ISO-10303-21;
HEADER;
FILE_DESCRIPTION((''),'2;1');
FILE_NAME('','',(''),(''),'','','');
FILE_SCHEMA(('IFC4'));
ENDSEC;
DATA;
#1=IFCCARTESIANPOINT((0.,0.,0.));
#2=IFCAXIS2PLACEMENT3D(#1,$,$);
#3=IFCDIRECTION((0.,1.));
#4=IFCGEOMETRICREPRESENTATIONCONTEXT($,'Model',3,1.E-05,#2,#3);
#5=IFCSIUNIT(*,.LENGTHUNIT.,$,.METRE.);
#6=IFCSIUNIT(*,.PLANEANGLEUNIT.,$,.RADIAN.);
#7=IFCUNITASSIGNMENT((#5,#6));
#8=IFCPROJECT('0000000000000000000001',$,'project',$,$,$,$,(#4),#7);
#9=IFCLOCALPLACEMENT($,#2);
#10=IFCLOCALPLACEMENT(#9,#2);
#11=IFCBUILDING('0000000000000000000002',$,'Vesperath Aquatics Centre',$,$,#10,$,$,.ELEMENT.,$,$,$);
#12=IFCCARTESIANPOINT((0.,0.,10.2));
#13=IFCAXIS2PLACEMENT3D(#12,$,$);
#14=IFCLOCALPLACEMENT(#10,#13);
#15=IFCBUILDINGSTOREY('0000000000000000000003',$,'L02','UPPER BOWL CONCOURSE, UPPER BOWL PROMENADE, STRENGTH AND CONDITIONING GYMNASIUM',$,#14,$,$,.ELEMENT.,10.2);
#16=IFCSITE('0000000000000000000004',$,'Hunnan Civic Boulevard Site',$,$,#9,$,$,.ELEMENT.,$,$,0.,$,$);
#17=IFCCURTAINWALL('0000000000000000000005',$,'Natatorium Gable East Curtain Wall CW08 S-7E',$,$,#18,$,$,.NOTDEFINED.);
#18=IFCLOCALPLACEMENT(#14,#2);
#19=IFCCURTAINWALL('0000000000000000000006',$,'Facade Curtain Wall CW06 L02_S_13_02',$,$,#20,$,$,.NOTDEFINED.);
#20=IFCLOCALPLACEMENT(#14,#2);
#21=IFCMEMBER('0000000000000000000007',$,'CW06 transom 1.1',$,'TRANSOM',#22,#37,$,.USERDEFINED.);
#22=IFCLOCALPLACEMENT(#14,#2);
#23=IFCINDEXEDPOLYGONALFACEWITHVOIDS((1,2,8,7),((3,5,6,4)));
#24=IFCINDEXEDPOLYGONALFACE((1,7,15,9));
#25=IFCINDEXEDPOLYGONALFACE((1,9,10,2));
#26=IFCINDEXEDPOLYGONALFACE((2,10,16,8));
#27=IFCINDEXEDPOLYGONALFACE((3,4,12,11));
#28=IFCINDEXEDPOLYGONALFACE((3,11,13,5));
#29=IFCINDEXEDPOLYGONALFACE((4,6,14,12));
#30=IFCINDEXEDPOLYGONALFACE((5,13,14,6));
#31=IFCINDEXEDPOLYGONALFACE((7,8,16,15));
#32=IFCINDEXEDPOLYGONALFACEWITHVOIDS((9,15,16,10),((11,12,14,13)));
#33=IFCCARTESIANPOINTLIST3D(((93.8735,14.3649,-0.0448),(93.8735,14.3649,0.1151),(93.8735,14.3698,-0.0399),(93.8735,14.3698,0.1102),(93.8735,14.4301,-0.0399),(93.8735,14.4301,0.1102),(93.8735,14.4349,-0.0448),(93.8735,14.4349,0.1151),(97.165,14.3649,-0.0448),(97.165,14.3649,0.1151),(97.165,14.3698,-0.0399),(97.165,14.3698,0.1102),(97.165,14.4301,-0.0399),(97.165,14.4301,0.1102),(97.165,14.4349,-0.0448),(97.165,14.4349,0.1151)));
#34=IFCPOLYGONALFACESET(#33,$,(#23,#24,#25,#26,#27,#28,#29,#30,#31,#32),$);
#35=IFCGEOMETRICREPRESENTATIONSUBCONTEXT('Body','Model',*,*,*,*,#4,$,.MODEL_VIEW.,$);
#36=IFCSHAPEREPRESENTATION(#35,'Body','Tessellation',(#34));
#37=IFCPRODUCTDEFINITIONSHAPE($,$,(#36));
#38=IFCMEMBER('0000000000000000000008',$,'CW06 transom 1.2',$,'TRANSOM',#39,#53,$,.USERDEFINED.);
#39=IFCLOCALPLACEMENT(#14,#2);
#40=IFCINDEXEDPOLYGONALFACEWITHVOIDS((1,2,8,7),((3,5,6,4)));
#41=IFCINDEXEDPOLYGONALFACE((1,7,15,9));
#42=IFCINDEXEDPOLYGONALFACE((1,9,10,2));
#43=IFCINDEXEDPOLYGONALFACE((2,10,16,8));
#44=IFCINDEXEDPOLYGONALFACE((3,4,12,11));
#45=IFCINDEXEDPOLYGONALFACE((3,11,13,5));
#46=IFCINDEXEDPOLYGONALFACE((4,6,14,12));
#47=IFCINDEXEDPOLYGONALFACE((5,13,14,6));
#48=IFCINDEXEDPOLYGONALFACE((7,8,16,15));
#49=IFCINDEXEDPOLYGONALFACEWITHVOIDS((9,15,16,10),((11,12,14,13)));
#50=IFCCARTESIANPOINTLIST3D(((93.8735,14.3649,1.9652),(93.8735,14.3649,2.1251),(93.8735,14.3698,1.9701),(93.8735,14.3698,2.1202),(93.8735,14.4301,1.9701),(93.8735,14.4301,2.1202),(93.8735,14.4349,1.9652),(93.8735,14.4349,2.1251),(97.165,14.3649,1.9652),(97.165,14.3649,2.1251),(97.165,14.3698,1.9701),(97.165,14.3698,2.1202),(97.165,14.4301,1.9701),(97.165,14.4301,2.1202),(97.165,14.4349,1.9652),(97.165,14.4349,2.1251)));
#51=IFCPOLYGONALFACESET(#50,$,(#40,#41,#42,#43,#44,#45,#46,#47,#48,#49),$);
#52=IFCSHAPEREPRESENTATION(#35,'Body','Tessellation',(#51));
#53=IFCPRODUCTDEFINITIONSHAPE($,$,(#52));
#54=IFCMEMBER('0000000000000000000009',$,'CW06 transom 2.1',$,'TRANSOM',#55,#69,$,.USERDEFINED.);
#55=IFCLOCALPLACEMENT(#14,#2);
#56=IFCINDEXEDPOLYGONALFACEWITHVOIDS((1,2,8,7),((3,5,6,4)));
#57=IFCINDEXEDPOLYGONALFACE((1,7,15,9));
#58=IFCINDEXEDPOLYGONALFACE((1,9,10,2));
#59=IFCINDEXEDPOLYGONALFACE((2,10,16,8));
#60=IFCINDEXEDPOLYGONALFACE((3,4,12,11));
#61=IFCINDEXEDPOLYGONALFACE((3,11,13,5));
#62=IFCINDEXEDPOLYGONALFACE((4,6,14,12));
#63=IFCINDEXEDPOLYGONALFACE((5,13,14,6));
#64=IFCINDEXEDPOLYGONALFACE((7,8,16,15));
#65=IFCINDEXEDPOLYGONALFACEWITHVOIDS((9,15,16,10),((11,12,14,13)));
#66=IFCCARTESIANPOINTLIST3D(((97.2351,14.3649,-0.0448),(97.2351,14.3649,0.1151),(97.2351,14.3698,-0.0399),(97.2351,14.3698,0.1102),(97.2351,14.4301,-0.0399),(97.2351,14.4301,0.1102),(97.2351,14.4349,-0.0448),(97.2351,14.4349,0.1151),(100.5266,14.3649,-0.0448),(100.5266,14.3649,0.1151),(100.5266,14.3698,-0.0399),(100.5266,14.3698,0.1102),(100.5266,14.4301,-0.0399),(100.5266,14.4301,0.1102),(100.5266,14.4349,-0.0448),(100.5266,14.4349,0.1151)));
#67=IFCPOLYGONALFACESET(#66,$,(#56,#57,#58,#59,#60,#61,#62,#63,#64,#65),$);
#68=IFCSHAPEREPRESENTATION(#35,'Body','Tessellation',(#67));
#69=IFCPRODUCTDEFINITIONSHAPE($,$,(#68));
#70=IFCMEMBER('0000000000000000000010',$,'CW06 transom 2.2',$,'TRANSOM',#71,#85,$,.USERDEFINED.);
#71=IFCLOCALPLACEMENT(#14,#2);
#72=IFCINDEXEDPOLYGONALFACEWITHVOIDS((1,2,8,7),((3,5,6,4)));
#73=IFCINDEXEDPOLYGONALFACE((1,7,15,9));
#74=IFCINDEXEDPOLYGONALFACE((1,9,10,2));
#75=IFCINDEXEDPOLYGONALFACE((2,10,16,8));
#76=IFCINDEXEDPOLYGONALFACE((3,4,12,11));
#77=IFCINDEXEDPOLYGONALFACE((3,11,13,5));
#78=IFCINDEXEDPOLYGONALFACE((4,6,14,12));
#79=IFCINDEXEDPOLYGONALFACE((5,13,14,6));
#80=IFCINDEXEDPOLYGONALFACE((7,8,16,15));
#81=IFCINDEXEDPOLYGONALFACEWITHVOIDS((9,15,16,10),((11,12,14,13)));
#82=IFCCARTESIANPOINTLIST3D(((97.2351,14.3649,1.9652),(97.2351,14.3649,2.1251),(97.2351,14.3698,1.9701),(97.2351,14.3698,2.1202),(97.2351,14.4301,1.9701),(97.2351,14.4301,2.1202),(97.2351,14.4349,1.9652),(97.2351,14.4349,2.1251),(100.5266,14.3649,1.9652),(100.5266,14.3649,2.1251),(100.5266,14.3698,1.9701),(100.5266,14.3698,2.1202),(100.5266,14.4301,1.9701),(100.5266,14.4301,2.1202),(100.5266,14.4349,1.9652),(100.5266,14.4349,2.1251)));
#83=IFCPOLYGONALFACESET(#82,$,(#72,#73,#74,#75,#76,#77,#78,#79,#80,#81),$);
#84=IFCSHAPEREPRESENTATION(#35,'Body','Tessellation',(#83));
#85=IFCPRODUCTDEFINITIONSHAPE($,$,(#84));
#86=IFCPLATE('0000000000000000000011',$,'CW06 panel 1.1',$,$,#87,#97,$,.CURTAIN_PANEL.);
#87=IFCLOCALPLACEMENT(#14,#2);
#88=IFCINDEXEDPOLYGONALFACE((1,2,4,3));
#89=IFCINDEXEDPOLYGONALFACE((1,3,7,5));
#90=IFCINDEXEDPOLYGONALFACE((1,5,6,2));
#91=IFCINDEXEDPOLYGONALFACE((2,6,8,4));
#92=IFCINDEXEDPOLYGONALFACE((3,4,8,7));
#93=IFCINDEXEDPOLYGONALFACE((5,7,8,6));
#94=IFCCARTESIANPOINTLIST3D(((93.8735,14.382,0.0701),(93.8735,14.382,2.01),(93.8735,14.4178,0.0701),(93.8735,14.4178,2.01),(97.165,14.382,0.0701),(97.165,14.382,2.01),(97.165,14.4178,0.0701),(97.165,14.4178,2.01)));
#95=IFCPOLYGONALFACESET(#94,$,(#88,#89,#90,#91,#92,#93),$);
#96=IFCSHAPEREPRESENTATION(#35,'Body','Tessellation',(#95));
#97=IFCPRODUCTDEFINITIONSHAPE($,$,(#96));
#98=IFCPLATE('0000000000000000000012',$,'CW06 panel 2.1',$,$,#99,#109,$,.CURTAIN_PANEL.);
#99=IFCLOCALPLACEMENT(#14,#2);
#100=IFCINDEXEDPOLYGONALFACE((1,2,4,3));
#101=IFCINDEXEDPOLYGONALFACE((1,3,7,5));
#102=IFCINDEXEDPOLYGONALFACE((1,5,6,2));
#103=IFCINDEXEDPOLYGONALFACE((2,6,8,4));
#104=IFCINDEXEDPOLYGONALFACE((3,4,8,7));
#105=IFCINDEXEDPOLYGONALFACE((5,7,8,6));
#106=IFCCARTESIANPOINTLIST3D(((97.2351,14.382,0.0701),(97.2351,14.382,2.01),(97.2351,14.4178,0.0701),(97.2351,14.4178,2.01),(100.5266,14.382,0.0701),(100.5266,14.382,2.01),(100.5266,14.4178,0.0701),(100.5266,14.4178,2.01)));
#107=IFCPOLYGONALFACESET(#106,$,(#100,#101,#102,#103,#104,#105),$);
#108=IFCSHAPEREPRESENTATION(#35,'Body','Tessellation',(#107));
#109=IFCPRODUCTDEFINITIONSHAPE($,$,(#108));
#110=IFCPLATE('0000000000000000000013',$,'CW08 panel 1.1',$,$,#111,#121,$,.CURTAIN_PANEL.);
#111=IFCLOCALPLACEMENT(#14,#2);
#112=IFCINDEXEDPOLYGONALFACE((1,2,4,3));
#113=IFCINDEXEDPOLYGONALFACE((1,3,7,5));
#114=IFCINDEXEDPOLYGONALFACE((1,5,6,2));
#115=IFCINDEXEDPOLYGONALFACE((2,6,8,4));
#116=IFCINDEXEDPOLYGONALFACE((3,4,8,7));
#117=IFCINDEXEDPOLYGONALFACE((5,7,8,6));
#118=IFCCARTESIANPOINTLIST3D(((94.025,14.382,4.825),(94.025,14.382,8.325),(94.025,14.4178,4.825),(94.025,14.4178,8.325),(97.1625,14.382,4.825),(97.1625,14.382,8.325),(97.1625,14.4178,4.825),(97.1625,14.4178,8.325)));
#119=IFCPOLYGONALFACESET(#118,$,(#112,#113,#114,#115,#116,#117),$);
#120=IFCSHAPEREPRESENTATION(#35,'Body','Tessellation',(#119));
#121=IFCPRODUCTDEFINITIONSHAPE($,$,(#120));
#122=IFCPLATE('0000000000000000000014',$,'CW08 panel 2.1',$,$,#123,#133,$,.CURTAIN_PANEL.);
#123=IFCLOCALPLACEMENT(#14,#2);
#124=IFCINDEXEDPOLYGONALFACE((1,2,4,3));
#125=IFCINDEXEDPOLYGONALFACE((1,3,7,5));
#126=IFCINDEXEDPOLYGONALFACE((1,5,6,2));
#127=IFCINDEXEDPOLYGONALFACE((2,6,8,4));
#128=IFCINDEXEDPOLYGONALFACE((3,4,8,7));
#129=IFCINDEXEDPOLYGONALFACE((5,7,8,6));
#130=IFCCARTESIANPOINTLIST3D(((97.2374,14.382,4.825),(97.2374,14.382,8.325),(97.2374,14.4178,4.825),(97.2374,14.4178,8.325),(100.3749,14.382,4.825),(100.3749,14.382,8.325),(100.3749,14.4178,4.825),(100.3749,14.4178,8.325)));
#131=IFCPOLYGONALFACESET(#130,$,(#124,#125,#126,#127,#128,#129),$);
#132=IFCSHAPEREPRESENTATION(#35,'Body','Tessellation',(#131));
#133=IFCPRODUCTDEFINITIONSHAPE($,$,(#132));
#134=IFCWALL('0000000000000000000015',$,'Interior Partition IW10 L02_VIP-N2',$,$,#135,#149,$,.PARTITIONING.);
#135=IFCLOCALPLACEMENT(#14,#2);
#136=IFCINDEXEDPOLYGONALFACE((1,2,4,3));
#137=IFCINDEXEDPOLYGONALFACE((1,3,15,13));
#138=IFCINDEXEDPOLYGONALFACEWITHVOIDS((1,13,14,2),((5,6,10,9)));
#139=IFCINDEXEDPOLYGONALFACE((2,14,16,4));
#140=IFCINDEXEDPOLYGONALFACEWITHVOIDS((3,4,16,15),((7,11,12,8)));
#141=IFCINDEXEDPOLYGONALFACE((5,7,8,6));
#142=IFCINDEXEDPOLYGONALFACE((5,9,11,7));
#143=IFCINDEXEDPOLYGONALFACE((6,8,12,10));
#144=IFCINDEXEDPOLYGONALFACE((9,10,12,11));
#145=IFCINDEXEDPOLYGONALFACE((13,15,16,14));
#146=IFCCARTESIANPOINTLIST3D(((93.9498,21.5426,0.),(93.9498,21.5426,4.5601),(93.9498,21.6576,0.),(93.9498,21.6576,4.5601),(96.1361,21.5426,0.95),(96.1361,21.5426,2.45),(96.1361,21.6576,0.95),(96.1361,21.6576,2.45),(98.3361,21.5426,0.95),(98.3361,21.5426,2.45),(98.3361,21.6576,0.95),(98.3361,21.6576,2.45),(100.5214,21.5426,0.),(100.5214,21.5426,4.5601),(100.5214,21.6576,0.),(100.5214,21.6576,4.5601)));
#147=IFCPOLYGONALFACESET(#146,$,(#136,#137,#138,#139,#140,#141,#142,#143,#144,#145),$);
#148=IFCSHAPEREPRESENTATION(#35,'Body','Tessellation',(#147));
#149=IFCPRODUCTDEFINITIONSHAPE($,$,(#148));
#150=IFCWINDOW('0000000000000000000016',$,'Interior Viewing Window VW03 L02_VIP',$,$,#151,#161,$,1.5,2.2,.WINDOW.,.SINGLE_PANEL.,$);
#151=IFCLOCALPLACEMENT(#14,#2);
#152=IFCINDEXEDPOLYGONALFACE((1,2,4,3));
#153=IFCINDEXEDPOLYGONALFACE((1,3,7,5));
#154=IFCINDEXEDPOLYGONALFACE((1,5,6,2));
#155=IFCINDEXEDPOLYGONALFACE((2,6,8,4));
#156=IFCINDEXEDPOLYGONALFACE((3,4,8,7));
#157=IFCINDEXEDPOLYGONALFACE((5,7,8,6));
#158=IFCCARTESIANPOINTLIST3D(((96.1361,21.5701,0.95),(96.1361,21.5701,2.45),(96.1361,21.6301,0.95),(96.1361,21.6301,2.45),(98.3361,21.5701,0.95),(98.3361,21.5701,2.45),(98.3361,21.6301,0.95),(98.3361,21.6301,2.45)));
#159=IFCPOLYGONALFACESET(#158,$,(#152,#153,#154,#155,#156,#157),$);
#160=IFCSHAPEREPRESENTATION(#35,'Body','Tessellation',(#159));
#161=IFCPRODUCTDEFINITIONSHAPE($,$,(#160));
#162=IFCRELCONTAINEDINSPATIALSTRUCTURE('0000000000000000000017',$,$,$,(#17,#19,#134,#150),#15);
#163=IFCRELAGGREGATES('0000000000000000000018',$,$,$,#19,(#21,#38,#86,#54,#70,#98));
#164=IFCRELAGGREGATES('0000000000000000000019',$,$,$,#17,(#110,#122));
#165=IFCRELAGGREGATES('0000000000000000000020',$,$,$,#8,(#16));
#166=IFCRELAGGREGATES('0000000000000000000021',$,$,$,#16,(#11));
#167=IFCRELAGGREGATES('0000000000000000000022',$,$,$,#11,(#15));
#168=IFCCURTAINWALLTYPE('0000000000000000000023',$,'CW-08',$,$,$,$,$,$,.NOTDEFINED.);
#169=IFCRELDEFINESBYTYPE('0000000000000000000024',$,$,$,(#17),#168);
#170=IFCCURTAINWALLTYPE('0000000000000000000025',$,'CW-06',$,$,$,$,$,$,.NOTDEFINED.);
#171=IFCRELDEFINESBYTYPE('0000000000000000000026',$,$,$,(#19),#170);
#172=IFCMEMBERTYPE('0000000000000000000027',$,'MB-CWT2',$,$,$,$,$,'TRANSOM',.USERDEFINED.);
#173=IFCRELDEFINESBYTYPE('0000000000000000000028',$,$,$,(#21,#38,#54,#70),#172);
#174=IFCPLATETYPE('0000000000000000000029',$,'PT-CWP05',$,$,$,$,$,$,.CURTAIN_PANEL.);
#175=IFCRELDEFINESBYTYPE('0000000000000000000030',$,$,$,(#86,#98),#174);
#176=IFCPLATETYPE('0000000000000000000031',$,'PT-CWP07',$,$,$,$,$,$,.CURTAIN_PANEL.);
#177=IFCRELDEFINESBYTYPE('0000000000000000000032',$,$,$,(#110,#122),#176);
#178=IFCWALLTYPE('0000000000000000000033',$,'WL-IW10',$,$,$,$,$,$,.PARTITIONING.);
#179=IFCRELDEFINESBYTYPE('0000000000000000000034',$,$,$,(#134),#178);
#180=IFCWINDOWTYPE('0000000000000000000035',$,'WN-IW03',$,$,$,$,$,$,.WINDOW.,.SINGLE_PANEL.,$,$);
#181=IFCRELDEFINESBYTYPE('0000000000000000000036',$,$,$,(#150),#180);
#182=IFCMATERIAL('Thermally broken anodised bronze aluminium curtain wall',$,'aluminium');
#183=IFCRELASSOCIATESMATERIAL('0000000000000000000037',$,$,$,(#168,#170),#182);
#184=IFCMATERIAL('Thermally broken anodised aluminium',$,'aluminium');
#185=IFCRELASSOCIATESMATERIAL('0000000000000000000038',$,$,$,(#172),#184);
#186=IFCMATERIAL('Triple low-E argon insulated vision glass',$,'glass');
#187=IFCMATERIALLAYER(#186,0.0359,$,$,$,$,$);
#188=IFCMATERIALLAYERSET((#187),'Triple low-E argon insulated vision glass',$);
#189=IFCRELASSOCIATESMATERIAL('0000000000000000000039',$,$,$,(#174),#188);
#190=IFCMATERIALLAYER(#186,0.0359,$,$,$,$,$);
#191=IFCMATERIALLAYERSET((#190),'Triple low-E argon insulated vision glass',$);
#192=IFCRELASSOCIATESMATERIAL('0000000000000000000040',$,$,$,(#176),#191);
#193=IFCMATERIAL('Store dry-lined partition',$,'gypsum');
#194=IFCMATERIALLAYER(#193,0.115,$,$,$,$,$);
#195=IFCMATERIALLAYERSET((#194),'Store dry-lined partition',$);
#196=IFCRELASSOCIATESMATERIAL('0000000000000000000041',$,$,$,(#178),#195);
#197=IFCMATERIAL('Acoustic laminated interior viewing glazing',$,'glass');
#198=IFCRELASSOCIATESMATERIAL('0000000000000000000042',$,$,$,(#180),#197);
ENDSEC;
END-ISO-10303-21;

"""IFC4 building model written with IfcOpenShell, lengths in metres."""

from ifc_helpers import new_model, si_unit, direction, frame, frame_2d, origin, origin_2d, place, context, subcontext, project, spatial, rectangle, hollow_rectangle, extrude, material, layer, layer_set, material_profile, profile_set, type_object, element, fill, aggregate, save


model = new_model("IFC4")

# Units and contexts
model_context = context("Model", 3, precision=1e-05, world=origin(), true_north=direction((0.0, 1.0)))
body_context = subcontext(model_context, "Body", "Model", "MODEL_VIEW")
ifc_project = project(units=[si_unit("LENGTHUNIT", "METRE"), si_unit("PLANEANGLEUNIT", "RADIAN")], contexts=[model_context])

# Site, building, storey
site_placement = place(None, origin())
site = spatial("IfcSite", under=ifc_project, at=site_placement, Name="Hunnan Civic Boulevard Site", CompositionType="ELEMENT", RefElevation=0.0)
building_placement = place(site_placement, origin())
building = spatial("IfcBuilding", under=site, at=building_placement, Name="Vesperath Aquatics Centre", CompositionType="ELEMENT")
storey_placement = place(building_placement, frame((0.0, 0.0, 10.2)))
storey = spatial("IfcBuildingStorey", under=building, at=storey_placement, Name="L02", Description="UPPER BOWL CONCOURSE, UPPER BOWL PROMENADE, STRENGTH AND CONDITIONING GYMNASIUM", CompositionType="ELEMENT", Elevation=10.2)

# Curtain walls
ifc_material_1 = material(Name="Thermally broken anodised bronze aluminium curtain wall", Category="aluminium")
curtain_wall_type_1 = type_object("IfcCurtainWallType", Name="CW-08", PredefinedType="NOTDEFINED", material=ifc_material_1)
curtain_wall_1_placement = place(storey_placement, origin())
curtain_wall_1 = element("IfcCurtainWall", 1, at=curtain_wall_1_placement, inside=storey, type_object=curtain_wall_type_1, Name="Natatorium Gable East Curtain Wall CW08 S-7E", PredefinedType="NOTDEFINED")
ifc_material_2 = material(Name="Thermally broken anodised aluminium", Category="aluminium")
curtain_wall_type_2 = type_object("IfcCurtainWallType", Name="CW-06", PredefinedType="NOTDEFINED", material=ifc_material_1)
curtain_wall_2_placement = place(storey_placement, origin())
curtain_wall_2 = element("IfcCurtainWall", 2, at=curtain_wall_2_placement, inside=storey, type_object=curtain_wall_type_2, Name="Facade Curtain Wall CW06 L02_S_13_02", PredefinedType="NOTDEFINED")

# Members
ifc_material_profile_1 = material_profile(ifc_material_2, hollow_rectangle(XDim=0.0701, YDim=0.1599, WallThickness=0.0049, at=origin_2d()), Name="CWT 70x160x5")
ifc_profile_set_1 = profile_set([ifc_material_profile_1], Name="Thermally broken anodised aluminium")
member_type_1 = type_object("IfcMemberType", Name="MB-CWT2", ElementType="TRANSOM", PredefinedType="USERDEFINED", material=ifc_profile_set_1)
member_1_placement = place(storey_placement, frame((93.8735, 14.3999, 0.0352), z_axis=(1.0, 0.0, 0.0), x_axis=(0.0, 1.0, 0.0)))
member_1 = element("IfcMember", 3, at=member_1_placement, type_object=member_type_1, Name="CW06 transom 1.1", ObjectType="TRANSOM", PredefinedType="USERDEFINED", context=body_context, shape_type="SweptSolid", body=[
    extrude(hollow_rectangle(XDim=0.0701, YDim=0.1599, WallThickness=0.0049, at=origin_2d()), origin(), (0.0, 0.0, 1.0), 3.2915),
])
member_2_placement = place(storey_placement, frame((93.8735, 14.3999, 2.0452), z_axis=(1.0, 0.0, 0.0), x_axis=(0.0, 1.0, 0.0)))
member_2 = element("IfcMember", 4, at=member_2_placement, type_object=member_type_1, Name="CW06 transom 1.2", ObjectType="TRANSOM", PredefinedType="USERDEFINED", context=body_context, shape_type="SweptSolid", body=[
    extrude(hollow_rectangle(XDim=0.0701, YDim=0.1599, WallThickness=0.0049, at=origin_2d()), origin(), (0.0, 0.0, 1.0), 3.2915),
])
member_3_placement = place(storey_placement, frame((97.2351, 14.3999, 0.0352), z_axis=(1.0, 0.0, 0.0), x_axis=(0.0, 1.0, 0.0)))
member_3 = element("IfcMember", 5, at=member_3_placement, type_object=member_type_1, Name="CW06 transom 2.1", ObjectType="TRANSOM", PredefinedType="USERDEFINED", context=body_context, shape_type="SweptSolid", body=[
    extrude(hollow_rectangle(XDim=0.0701, YDim=0.1599, WallThickness=0.0049, at=origin_2d()), origin(), (0.0, 0.0, 1.0), 3.2915),
])
member_4_placement = place(storey_placement, frame((97.2351, 14.3999, 2.0452), z_axis=(1.0, 0.0, 0.0), x_axis=(0.0, 1.0, 0.0)))
member_4 = element("IfcMember", 6, at=member_4_placement, type_object=member_type_1, Name="CW06 transom 2.2", ObjectType="TRANSOM", PredefinedType="USERDEFINED", context=body_context, shape_type="SweptSolid", body=[
    extrude(hollow_rectangle(XDim=0.0701, YDim=0.1599, WallThickness=0.0049, at=origin_2d()), origin(), (0.0, 0.0, 1.0), 3.2915),
])

# Plates
ifc_material_3 = material(Name="Triple low-E argon insulated vision glass", Category="glass")
ifc_layer_1 = layer(ifc_material_3, 0.0359)
ifc_layer_set_1 = layer_set([ifc_layer_1], Name="Triple low-E argon insulated vision glass")
plate_type_1 = type_object("IfcPlateType", Name="PT-CWP05", PredefinedType="CURTAIN_PANEL", material=ifc_layer_set_1)
plate_1_placement = place(storey_placement, frame((95.5193, 14.3999, 0.0701), z_axis=(0.0, 0.0, 1.0), x_axis=(1.0, 0.0, 0.0)))
plate_1 = element("IfcPlate", 7, at=plate_1_placement, type_object=plate_type_1, Name="CW06 panel 1.1", PredefinedType="CURTAIN_PANEL", context=body_context, shape_type="SweptSolid", body=[
    extrude(rectangle(XDim=3.2915, YDim=0.0359, at=origin_2d()), origin(), (0.0, 0.0, 1.0), 1.9399),
])
plate_2_placement = place(storey_placement, frame((98.8809, 14.3999, 0.0701), z_axis=(0.0, 0.0, 1.0), x_axis=(1.0, 0.0, 0.0)))
plate_2 = element("IfcPlate", 8, at=plate_2_placement, type_object=plate_type_1, Name="CW06 panel 2.1", PredefinedType="CURTAIN_PANEL", context=body_context, shape_type="SweptSolid", body=[
    extrude(rectangle(XDim=3.2915, YDim=0.0359, at=origin_2d()), origin(), (0.0, 0.0, 1.0), 1.9399),
])
aggregate(curtain_wall_2, [member_1, member_2, plate_1, member_3, member_4, plate_2])
ifc_layer_2 = layer(ifc_material_3, 0.0359)
ifc_layer_set_2 = layer_set([ifc_layer_2], Name="Triple low-E argon insulated vision glass")
plate_type_2 = type_object("IfcPlateType", Name="PT-CWP07", PredefinedType="CURTAIN_PANEL", material=ifc_layer_set_2)
plate_3_placement = place(storey_placement, frame((95.5938, 14.3999, 4.825), z_axis=(0.0, 0.0, 1.0), x_axis=(1.0, 0.0, 0.0)))
plate_3 = element("IfcPlate", 9, at=plate_3_placement, type_object=plate_type_2, Name="CW08 panel 1.1", PredefinedType="CURTAIN_PANEL", context=body_context, shape_type="SweptSolid", body=[
    extrude(rectangle(XDim=3.1375, YDim=0.0359, at=origin_2d()), origin(), (0.0, 0.0, 1.0), 3.5),
])
plate_4_placement = place(storey_placement, frame((98.8062, 14.3999, 4.825), z_axis=(0.0, 0.0, 1.0), x_axis=(1.0, 0.0, 0.0)))
plate_4 = element("IfcPlate", 10, at=plate_4_placement, type_object=plate_type_2, Name="CW08 panel 2.1", PredefinedType="CURTAIN_PANEL", context=body_context, shape_type="SweptSolid", body=[
    extrude(rectangle(XDim=3.1375, YDim=0.0359, at=origin_2d()), origin(), (0.0, 0.0, 1.0), 3.5),
])
aggregate(curtain_wall_1, [plate_3, plate_4])

# Wall, opening, window
ifc_material_4 = material(Name="Store dry-lined partition", Category="gypsum")
ifc_layer_3 = layer(ifc_material_4, 0.115)
ifc_layer_set_3 = layer_set([ifc_layer_3], Name="Store dry-lined partition")
wall_type = type_object("IfcWallType", Name="WL-IW10", PredefinedType="PARTITIONING", material=ifc_layer_set_3)
wall_placement = place(storey_placement, frame((93.95, 21.6001, 0.0), z_axis=(0.0, 0.0, 1.0), x_axis=(1.0, 0.0, 0.0)))
wall = element("IfcWall", 11, at=wall_placement, inside=storey, type_object=wall_type, Name="Interior Partition IW10 L02_VIP-N2", PredefinedType="PARTITIONING", context=body_context, shape_type="SweptSolid", body=[
    extrude(rectangle(XDim=6.5715, YDim=0.115, at=frame_2d((3.2856, 0.0))), origin(), (0.0, 0.0, 1.0), 4.5601),
])
opening_placement = place(wall_placement, frame((2.186, 0.0, 0.95)))
opening = element("IfcOpeningElement", 12, at=opening_placement, cuts=wall, PredefinedType="OPENING", context=body_context, shape_type="SweptSolid", body=[
    extrude(rectangle(XDim=2.2, YDim=1.5, at=frame_2d((1.1001, 0.75))), frame((0.0, 0.0723, 0.0), z_axis=(0.0, -1.0, 0.0), x_axis=(1.0, 0.0, 0.0)), (0.0, 0.0, 1.0), 0.1448),
])
ifc_material_5 = material(Name="Acoustic laminated interior viewing glazing", Category="glass")
window_type = type_object("IfcWindowType", Name="WN-IW03", PartitioningType="SINGLE_PANEL", PredefinedType="WINDOW", material=ifc_material_5)
window_placement = place(opening_placement, origin())
window = element("IfcWindow", 13, at=window_placement, inside=storey, type_object=window_type, Name="Interior Viewing Window VW03 L02_VIP", OverallHeight=1.5, OverallWidth=2.2, PartitioningType="SINGLE_PANEL", PredefinedType="WINDOW", context=body_context, shape_type="SweptSolid", body=[
    extrude(rectangle(XDim=2.2, YDim=1.5, at=frame_2d((1.1001, 0.75))), frame((0.0, 0.03, 0.0), z_axis=(0.0, -1.0, 0.0), x_axis=(1.0, 0.0, 0.0)), (0.0, 0.0, 1.0), 0.0601),
])
fill(opening, window)

save(model, "model.ifc")
